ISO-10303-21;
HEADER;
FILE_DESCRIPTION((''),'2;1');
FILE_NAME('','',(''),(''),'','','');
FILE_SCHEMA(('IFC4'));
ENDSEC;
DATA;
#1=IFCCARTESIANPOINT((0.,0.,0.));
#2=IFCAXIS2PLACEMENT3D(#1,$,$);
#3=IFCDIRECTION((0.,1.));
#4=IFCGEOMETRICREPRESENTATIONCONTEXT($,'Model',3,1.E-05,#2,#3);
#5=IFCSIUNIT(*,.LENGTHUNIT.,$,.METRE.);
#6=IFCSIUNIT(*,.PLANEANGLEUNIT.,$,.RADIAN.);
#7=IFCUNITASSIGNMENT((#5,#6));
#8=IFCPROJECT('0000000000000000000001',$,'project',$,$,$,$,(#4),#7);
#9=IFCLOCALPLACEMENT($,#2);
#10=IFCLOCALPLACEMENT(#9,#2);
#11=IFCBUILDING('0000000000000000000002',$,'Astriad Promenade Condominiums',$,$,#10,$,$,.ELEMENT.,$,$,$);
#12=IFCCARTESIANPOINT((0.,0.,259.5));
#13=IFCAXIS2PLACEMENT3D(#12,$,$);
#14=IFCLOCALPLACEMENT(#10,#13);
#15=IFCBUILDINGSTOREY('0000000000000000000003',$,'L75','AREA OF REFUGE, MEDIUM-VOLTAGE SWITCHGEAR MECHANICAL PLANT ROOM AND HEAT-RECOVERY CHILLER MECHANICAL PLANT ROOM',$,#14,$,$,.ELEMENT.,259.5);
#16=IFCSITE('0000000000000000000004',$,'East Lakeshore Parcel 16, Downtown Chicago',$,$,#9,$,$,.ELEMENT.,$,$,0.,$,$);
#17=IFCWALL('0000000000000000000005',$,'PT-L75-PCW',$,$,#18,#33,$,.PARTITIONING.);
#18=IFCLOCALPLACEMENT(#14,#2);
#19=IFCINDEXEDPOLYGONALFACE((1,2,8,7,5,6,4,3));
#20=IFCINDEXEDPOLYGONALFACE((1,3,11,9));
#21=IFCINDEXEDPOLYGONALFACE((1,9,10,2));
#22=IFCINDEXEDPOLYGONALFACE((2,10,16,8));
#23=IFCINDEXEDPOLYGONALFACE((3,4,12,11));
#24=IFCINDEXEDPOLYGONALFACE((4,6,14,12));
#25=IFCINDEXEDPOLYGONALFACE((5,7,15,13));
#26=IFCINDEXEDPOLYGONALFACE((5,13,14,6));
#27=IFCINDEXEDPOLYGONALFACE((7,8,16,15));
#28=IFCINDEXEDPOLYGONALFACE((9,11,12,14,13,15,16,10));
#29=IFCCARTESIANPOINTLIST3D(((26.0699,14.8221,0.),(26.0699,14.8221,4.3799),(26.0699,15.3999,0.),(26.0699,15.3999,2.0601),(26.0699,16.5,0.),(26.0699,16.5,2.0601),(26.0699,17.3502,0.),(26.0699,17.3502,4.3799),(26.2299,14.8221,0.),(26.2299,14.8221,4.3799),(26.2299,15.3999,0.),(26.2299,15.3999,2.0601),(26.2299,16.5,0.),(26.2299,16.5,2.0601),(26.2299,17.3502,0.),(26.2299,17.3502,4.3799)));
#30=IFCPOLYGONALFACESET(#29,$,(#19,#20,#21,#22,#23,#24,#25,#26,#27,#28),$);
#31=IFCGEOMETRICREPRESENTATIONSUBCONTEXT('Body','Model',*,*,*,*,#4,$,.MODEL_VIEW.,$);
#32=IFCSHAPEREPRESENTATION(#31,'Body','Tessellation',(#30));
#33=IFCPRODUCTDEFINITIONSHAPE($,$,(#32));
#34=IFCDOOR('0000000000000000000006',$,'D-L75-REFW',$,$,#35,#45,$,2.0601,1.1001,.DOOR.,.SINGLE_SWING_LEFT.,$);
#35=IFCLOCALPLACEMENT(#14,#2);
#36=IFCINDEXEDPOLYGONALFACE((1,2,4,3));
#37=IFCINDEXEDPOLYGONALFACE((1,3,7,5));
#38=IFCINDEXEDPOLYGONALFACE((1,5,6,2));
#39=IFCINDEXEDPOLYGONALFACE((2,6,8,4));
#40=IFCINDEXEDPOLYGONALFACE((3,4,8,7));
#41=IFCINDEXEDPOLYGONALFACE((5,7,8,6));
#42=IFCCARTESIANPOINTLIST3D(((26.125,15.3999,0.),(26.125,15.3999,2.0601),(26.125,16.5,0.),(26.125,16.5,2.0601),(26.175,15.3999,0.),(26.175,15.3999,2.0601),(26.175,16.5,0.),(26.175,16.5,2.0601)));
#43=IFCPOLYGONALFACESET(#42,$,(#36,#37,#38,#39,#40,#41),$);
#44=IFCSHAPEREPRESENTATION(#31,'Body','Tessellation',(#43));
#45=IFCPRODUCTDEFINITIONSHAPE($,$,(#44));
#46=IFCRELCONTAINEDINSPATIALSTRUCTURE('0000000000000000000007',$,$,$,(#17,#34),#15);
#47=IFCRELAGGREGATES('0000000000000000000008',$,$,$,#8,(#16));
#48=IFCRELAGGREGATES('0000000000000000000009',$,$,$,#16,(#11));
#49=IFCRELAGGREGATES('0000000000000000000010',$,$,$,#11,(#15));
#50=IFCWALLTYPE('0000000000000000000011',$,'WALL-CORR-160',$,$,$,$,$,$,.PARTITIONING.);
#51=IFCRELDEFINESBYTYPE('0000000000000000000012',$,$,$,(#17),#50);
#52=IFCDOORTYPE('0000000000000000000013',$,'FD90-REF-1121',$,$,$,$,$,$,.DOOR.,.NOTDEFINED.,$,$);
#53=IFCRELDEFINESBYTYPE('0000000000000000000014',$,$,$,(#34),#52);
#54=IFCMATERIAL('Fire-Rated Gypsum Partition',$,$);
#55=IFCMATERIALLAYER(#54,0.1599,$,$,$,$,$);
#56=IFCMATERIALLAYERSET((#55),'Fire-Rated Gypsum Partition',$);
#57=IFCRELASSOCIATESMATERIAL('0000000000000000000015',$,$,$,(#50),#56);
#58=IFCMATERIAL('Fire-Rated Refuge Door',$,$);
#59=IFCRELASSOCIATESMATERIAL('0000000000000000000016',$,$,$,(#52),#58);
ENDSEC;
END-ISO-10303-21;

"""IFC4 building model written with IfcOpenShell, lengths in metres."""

from ifc_helpers import new_model, si_unit, direction, frame, frame_2d, origin, place, context, subcontext, project, spatial, rectangle, extrude, source, transform, mapped, material, layer, layer_set, type_object, type_shapes, element, fill, save


model = new_model("IFC4")

# Units and contexts
model_context = context("Model", 3, precision=1e-05, world=origin(), true_north=direction((0.0, 1.0)))
body_context = subcontext(model_context, "Body", "Model", "MODEL_VIEW")
ifc_project = project(units=[si_unit("LENGTHUNIT", "METRE"), si_unit("PLANEANGLEUNIT", "RADIAN")], contexts=[model_context])

# Site, building, storey
site_placement = place(None, origin())
site = spatial("IfcSite", under=ifc_project, at=site_placement, Name="East Lakeshore Parcel 16, Downtown Chicago", CompositionType="ELEMENT", RefElevation=0.0)
building_placement = place(site_placement, origin())
building = spatial("IfcBuilding", under=site, at=building_placement, Name="Astriad Promenade Condominiums", CompositionType="ELEMENT")
storey_placement = place(building_placement, frame((0.0, 0.0, 259.5)))
storey = spatial("IfcBuildingStorey", under=building, at=storey_placement, Name="L75", Description="AREA OF REFUGE, MEDIUM-VOLTAGE SWITCHGEAR MECHANICAL PLANT ROOM AND HEAT-RECOVERY CHILLER MECHANICAL PLANT ROOM", CompositionType="ELEMENT", Elevation=259.5)

# Wall, opening, door
ifc_material_1 = material(Name="Fire-Rated Gypsum Partition")
ifc_layer_1 = layer(ifc_material_1, 0.1599)
ifc_layer_set_1 = layer_set([ifc_layer_1], Name="Fire-Rated Gypsum Partition")
wall_type_1 = type_object("IfcWallType", Name="WALL-CORR-160", PredefinedType="PARTITIONING", material=ifc_layer_set_1)
wall_1_placement = place(storey_placement, frame((26.1499, 14.822, 0.0), z_axis=(0.0, 0.0, 1.0), x_axis=(0.0, 1.0, 0.0)))
wall_1 = element("IfcWall", 1, at=wall_1_placement, inside=storey, type_object=wall_type_1, Name="PT-L75-PCW", PredefinedType="PARTITIONING", context=body_context, shape_type="SweptSolid", body=[
    extrude(rectangle(XDim=2.5281, YDim=0.1599, at=frame_2d((1.2642, 0.0))), origin(), (0.0, 0.0, 1.0), 4.3799),
])
opening_1_placement = place(wall_1_placement, frame((0.5779, 0.0, 0.0)))
opening_1 = element("IfcOpeningElement", 2, at=opening_1_placement, cuts=wall_1, PredefinedType="OPENING", context=body_context, shape_type="SweptSolid", body=[
    extrude(rectangle(XDim=1.1001, YDim=2.0601, at=frame_2d((0.55, 1.03))), frame((0.0, 0.0898, 0.0), z_axis=(0.0, -1.0, 0.0), x_axis=(1.0, 0.0, 0.0)), (0.0, 0.0, 1.0), 0.1799),
])
ifc_material_2 = material(Name="Fire-Rated Refuge Door")
door_type_1 = type_object("IfcDoorType", Name="FD90-REF-1121", OperationType="NOTDEFINED", PredefinedType="DOOR", material=ifc_material_2)
shared_shape_1 = source(origin(), body_context, "Body", "SweptSolid", [
    extrude(rectangle(XDim=1.1001, YDim=2.0601, at=frame_2d((0.55, 1.03))), frame((0.0, 0.0249, 0.0), z_axis=(0.0, -1.0, 0.0), x_axis=(1.0, 0.0, 0.0)), (0.0, 0.0, 1.0), 0.05),
])
type_shapes(door_type_1, [shared_shape_1])
door_1_placement = place(opening_1_placement, origin())
door_1 = element("IfcDoor", 3, at=door_1_placement, inside=storey, type_object=door_type_1, Name="D-L75-REFW", OperationType="SINGLE_SWING_LEFT", OverallHeight=2.0601, OverallWidth=1.1001, PredefinedType="DOOR", context=body_context, shape_type="MappedRepresentation", body=[
    mapped(shared_shape_1, transform((0.0, 0.0, 0.0), scale=1.0)),
])
fill(opening_1, door_1)

save(model, "model.ifc")
